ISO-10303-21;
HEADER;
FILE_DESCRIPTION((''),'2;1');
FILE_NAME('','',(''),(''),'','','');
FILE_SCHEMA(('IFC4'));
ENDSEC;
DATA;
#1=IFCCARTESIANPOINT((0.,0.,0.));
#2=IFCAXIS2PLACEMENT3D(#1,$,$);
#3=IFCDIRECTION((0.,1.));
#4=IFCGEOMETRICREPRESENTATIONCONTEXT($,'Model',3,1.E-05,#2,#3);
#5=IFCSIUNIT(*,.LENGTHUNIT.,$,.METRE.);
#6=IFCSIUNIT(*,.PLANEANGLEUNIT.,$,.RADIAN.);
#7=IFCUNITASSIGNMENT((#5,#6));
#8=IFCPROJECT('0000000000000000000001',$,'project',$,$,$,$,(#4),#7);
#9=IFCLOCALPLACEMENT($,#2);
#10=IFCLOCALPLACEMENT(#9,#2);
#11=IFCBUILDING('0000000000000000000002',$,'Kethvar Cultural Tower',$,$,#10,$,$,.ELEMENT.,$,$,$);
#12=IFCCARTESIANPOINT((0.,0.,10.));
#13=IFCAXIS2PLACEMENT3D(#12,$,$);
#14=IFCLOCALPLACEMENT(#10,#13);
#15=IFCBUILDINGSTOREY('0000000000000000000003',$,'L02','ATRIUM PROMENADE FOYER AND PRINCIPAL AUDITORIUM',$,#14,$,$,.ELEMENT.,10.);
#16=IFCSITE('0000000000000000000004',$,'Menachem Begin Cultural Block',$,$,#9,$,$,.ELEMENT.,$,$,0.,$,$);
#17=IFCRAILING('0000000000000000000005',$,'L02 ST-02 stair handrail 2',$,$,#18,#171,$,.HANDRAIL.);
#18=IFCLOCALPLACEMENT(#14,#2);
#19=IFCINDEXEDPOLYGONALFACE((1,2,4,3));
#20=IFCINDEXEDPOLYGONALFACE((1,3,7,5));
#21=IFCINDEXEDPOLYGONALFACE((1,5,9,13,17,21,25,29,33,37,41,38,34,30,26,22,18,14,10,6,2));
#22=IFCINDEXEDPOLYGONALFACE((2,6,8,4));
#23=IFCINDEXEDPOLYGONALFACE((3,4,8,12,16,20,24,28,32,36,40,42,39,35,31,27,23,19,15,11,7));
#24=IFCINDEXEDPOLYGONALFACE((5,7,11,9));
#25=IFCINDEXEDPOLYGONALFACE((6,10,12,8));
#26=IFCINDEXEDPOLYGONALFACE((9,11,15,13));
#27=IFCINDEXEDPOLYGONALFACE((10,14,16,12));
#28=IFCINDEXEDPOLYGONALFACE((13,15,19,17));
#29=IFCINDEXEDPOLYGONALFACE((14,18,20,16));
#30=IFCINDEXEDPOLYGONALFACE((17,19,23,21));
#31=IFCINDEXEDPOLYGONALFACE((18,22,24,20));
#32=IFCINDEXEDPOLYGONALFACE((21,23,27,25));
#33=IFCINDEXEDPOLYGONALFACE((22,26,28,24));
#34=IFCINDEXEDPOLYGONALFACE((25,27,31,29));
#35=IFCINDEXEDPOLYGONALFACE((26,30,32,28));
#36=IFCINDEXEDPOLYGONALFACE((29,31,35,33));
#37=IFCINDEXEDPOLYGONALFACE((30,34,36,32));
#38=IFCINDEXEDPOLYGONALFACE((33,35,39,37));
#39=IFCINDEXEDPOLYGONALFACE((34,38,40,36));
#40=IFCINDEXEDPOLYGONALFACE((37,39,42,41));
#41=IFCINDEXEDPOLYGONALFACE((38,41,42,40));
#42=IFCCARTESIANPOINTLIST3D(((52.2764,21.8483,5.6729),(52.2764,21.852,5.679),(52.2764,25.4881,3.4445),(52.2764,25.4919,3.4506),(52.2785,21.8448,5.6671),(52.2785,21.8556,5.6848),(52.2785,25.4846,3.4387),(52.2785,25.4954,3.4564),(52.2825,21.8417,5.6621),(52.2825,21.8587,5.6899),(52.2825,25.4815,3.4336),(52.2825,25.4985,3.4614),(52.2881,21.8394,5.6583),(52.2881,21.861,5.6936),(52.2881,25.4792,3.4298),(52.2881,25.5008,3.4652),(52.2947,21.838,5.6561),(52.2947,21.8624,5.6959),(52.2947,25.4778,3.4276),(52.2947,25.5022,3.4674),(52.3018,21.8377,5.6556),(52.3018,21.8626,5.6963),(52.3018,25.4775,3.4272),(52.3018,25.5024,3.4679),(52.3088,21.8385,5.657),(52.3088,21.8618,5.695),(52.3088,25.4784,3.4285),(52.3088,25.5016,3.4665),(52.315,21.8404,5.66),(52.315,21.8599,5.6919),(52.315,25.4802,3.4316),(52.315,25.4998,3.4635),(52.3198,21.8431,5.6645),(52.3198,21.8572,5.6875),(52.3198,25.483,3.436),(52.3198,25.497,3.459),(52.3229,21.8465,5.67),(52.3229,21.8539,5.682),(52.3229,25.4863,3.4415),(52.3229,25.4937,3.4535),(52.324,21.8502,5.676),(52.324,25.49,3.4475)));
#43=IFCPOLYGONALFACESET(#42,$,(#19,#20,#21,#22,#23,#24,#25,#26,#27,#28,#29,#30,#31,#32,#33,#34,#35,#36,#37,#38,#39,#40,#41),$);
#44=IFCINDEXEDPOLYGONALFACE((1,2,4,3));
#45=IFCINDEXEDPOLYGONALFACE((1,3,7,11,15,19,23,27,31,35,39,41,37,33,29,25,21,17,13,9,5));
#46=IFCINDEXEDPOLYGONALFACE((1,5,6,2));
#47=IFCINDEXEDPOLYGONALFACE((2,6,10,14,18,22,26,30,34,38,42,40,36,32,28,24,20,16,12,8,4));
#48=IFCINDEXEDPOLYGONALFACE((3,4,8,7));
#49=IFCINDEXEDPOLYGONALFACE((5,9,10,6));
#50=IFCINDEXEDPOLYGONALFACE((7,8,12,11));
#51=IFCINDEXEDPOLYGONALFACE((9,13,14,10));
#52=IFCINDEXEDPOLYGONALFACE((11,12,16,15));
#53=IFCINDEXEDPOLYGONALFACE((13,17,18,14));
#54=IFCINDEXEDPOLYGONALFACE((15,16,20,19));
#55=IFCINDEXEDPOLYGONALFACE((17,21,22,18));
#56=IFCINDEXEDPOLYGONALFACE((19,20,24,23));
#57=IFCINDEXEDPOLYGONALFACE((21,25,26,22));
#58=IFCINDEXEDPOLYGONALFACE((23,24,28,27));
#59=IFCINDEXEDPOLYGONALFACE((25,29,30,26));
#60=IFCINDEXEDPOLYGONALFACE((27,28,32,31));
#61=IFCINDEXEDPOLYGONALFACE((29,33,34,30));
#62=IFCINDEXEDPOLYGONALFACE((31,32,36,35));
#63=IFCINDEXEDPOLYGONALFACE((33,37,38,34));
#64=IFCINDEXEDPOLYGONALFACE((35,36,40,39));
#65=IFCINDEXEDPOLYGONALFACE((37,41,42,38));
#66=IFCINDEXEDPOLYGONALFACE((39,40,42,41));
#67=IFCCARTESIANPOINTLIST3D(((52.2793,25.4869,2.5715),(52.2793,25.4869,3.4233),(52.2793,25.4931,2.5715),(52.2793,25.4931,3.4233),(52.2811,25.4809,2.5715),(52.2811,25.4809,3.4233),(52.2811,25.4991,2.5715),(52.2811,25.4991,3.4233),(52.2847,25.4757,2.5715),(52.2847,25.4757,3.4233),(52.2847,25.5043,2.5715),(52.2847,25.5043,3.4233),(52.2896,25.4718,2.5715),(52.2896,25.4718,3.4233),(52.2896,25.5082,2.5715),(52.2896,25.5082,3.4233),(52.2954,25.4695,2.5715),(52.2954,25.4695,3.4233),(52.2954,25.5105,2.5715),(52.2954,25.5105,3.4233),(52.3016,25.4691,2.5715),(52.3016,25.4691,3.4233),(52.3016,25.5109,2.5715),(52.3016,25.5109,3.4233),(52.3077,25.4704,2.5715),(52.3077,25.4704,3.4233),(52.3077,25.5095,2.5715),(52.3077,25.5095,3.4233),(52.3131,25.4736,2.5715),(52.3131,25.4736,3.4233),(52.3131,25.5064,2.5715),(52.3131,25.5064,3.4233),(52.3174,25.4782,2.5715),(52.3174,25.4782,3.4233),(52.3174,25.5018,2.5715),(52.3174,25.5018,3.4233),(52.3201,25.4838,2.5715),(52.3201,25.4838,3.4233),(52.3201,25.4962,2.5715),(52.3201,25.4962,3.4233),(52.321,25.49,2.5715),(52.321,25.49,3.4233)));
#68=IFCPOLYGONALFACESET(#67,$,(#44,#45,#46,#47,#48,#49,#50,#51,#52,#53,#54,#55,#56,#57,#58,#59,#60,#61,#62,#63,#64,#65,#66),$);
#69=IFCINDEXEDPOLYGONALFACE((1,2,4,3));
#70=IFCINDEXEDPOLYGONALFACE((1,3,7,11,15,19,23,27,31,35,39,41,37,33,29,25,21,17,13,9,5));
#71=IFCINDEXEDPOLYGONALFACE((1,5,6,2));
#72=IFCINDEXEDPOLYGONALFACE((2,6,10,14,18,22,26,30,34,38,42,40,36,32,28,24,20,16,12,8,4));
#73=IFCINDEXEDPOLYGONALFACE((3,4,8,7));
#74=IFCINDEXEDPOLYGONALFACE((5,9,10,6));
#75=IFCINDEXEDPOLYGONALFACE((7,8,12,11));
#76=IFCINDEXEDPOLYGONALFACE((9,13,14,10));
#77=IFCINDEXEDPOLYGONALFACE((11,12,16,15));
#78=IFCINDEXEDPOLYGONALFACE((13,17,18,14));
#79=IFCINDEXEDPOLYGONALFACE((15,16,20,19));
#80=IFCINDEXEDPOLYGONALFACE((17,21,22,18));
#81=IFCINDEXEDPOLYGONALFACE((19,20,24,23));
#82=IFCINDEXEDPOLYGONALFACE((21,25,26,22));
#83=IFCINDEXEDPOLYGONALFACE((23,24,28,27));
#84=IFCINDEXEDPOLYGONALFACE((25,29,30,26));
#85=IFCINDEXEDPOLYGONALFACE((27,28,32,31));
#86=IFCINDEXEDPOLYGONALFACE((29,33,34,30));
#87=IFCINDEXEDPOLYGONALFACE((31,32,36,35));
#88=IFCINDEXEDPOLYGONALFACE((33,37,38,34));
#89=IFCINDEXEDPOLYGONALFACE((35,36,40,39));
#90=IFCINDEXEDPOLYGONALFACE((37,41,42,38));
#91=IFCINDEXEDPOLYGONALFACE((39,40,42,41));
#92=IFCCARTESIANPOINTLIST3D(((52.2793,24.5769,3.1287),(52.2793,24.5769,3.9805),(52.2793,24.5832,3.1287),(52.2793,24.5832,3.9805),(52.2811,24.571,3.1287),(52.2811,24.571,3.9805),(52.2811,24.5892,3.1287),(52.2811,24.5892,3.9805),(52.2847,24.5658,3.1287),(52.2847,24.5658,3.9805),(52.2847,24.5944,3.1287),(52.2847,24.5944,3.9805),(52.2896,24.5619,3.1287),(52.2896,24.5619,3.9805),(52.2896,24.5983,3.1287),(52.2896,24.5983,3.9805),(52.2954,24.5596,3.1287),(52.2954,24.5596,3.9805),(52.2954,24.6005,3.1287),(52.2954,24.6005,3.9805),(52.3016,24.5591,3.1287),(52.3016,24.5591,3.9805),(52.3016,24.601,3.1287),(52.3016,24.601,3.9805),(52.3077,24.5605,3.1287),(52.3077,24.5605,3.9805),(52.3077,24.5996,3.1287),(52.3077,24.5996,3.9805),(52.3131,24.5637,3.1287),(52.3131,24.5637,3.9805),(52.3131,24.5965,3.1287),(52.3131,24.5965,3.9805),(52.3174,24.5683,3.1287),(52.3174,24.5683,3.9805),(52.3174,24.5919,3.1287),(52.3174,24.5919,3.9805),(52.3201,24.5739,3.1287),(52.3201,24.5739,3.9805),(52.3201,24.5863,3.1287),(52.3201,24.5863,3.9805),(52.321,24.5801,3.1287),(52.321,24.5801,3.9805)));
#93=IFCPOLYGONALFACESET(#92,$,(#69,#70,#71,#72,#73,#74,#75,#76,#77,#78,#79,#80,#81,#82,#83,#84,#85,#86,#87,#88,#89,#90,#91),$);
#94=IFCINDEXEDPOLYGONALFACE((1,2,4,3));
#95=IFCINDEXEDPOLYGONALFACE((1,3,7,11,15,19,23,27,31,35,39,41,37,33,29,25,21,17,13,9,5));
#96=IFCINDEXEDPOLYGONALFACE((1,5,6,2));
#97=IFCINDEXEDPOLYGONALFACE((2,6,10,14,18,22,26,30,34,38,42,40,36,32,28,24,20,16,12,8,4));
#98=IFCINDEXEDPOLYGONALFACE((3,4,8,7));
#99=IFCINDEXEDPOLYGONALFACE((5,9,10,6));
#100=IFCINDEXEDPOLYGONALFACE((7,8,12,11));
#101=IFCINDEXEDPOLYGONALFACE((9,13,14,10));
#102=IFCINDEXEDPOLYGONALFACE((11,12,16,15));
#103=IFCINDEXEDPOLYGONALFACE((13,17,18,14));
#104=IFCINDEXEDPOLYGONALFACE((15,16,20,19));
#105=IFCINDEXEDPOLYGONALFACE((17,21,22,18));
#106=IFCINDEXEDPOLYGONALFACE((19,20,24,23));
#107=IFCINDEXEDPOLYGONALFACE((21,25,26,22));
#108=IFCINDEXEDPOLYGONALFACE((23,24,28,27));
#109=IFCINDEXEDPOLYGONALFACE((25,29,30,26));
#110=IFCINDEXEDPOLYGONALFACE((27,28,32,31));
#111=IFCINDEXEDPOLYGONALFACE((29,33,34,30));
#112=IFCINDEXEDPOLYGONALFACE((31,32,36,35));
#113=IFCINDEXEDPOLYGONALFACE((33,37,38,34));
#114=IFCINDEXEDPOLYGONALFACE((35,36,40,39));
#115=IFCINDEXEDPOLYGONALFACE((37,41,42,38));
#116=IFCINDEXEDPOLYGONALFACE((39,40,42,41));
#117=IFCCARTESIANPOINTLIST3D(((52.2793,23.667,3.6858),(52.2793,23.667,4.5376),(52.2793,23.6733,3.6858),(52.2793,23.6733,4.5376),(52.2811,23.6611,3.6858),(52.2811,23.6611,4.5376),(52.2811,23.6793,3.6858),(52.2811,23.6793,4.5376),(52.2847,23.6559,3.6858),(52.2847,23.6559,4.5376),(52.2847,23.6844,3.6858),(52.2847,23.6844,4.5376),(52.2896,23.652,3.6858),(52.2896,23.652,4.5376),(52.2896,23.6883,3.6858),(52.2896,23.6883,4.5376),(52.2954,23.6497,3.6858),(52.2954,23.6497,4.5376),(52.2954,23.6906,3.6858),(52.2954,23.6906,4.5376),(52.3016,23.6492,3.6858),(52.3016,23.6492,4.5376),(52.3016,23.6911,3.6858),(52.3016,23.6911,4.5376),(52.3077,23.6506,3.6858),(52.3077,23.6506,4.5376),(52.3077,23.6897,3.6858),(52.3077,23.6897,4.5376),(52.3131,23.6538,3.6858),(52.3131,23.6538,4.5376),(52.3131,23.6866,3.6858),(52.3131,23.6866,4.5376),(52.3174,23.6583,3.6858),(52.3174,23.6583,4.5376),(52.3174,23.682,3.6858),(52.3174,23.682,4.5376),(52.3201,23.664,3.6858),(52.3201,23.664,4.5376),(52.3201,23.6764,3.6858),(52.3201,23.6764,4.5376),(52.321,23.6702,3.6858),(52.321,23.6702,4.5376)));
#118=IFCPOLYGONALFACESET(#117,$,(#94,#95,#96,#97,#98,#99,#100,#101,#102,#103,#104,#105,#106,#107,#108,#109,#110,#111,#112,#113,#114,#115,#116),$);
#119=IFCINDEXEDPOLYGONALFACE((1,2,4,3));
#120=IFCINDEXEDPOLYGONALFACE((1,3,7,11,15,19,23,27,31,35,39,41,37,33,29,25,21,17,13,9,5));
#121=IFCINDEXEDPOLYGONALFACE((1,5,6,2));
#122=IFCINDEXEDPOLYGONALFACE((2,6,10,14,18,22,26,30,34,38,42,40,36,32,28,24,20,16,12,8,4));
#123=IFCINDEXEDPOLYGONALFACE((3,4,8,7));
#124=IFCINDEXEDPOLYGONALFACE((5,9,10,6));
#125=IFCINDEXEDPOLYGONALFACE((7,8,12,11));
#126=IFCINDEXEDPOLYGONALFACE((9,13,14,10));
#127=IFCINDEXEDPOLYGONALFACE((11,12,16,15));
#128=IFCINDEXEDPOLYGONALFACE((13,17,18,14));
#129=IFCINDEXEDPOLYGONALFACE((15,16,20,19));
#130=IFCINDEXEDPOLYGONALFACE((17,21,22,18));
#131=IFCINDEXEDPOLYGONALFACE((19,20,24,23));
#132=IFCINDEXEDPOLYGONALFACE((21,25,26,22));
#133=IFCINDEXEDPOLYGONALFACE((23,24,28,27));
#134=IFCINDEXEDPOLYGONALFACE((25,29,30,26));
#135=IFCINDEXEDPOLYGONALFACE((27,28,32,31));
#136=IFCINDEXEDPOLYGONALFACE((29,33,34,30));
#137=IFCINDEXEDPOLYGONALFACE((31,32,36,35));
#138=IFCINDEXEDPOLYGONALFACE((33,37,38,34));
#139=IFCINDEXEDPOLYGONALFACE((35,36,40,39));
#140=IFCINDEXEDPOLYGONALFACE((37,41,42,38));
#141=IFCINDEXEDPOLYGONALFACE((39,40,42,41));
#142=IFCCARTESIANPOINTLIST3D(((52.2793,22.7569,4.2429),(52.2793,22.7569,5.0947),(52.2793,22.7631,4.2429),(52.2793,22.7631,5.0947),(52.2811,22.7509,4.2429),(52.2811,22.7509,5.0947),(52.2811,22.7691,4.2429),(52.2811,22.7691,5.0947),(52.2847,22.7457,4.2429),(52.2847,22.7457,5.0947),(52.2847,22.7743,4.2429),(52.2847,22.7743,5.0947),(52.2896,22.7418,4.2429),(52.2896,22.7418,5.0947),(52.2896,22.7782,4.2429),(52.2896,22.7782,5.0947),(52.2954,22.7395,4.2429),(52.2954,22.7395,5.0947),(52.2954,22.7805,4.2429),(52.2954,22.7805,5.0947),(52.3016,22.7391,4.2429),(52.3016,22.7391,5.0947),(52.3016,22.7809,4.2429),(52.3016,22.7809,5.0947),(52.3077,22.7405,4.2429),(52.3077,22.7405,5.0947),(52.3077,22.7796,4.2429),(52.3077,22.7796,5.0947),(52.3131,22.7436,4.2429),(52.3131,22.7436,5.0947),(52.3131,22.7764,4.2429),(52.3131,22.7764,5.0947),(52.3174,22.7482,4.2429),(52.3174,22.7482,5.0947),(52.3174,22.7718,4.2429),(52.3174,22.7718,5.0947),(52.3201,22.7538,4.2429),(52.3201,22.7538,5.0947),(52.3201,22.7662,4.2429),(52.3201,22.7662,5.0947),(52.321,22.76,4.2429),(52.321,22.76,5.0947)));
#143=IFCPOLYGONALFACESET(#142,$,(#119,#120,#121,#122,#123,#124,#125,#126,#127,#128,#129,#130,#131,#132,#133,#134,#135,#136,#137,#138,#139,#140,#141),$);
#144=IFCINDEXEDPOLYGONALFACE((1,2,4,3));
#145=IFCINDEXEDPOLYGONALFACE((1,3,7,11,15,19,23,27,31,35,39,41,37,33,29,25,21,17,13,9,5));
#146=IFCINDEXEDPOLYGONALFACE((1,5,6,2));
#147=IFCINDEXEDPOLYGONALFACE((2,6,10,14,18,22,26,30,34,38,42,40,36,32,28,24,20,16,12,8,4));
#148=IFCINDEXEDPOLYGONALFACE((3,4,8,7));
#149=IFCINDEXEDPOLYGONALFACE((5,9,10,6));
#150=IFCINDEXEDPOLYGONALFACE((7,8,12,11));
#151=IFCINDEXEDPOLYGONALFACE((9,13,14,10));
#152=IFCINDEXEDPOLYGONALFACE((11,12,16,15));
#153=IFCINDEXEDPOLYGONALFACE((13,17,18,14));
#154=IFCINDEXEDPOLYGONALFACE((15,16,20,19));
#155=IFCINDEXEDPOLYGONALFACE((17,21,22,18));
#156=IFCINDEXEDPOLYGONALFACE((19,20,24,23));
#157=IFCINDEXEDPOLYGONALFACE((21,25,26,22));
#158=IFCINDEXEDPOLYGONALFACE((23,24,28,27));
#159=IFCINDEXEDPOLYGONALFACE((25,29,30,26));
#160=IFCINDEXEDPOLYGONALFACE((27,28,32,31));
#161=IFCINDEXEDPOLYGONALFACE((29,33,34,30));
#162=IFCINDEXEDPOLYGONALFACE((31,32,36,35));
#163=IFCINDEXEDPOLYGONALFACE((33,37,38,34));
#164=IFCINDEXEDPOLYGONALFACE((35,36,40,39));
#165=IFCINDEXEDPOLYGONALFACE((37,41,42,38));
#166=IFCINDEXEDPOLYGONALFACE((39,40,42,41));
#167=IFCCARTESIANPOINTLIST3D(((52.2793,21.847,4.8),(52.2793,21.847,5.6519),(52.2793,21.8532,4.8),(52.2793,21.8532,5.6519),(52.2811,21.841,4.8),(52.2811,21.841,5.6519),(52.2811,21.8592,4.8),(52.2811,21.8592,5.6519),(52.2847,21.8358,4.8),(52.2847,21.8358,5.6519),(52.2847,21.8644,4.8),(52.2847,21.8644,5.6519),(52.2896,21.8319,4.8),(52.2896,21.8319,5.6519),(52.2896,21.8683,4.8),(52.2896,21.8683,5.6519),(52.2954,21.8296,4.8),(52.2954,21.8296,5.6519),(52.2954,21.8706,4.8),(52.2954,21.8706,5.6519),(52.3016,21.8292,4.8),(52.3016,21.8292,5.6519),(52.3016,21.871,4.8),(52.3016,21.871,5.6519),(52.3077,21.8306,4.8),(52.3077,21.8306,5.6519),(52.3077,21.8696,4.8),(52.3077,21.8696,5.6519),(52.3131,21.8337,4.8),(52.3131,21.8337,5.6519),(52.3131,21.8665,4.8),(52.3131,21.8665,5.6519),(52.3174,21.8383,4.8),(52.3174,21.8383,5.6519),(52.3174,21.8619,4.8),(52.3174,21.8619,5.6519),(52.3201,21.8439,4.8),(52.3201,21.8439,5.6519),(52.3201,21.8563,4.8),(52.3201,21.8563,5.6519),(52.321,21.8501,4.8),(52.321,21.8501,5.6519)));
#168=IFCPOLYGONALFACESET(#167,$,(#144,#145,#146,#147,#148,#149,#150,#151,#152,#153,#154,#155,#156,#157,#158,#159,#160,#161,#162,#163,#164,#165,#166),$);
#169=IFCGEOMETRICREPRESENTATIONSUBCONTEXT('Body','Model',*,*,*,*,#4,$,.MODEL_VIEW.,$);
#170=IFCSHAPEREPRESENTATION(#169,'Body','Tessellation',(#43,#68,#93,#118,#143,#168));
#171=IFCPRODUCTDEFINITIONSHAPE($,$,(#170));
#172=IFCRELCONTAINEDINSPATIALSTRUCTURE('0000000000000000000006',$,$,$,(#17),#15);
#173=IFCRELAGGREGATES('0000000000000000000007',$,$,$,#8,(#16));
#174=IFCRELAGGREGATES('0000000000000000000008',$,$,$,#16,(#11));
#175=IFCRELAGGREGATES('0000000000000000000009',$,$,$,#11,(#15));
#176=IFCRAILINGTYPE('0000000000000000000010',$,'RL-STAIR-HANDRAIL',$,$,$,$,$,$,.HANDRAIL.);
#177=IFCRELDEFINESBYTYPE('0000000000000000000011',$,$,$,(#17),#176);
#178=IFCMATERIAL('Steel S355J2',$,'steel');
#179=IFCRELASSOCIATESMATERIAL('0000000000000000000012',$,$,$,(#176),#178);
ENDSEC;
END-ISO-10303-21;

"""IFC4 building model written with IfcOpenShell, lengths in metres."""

from ifc_helpers import new_model, si_unit, direction, frame, origin, origin_2d, place, context, subcontext, project, spatial, circle, extrude, material, type_object, element, save


model = new_model("IFC4")

# Units and contexts
model_context = context("Model", 3, precision=1e-05, world=origin(), true_north=direction((0.0, 1.0)))
body_context = subcontext(model_context, "Body", "Model", "MODEL_VIEW")
ifc_project = project(units=[si_unit("LENGTHUNIT", "METRE"), si_unit("PLANEANGLEUNIT", "RADIAN")], contexts=[model_context])

# Site, building, storey
site_placement = place(None, origin())
site = spatial("IfcSite", under=ifc_project, at=site_placement, Name="Menachem Begin Cultural Block", CompositionType="ELEMENT", RefElevation=0.0)
building_placement = place(site_placement, origin())
building = spatial("IfcBuilding", under=site, at=building_placement, Name="Kethvar Cultural Tower", CompositionType="ELEMENT")
storey_placement = place(building_placement, frame((0.0, 0.0, 10.0)))
storey = spatial("IfcBuildingStorey", under=building, at=storey_placement, Name="L02", Description="ATRIUM PROMENADE FOYER AND PRINCIPAL AUDITORIUM", CompositionType="ELEMENT", Elevation=10.0)

# Shared definitions
ifc_material_1 = material(Name="Steel S355J2", Category="steel")

# Railing
railing_type_1 = type_object("IfcRailingType", Name="RL-STAIR-HANDRAIL", PredefinedType="HANDRAIL", material=ifc_material_1)
railing_1_placement = place(storey_placement, frame((52.3, 25.49, 2.5715)))
element("IfcRailing", 1, at=railing_1_placement, inside=storey, type_object=railing_type_1, Name="L02 ST-02 stair handrail 2", PredefinedType="HANDRAIL", context=body_context, shape_type="SweptSolid", body=[
    extrude(circle(Radius=0.0239, at=origin_2d()), frame((0.0, 0.0, 0.876), z_axis=(0.0, -0.85285, 0.522156), x_axis=(1.0, 0.0, 0.0)), (0.0, 0.0, 1.0), 4.2678),
    extrude(circle(Radius=0.021, at=origin_2d()), origin(), (0.0, 0.0, 1.0), 0.8518),
    extrude(circle(Radius=0.021, at=origin_2d()), frame((0.0, -0.9099, 0.5571)), (0.0, 0.0, 1.0), 0.8518),
    extrude(circle(Radius=0.021, at=origin_2d()), frame((0.0, -1.8198, 1.1143)), (0.0, 0.0, 1.0), 0.8518),
    extrude(circle(Radius=0.021, at=origin_2d()), frame((0.0, -2.73, 1.6714)), (0.0, 0.0, 1.0), 0.8518),
    extrude(circle(Radius=0.021, at=origin_2d()), frame((0.0, -3.6399, 2.2285)), (0.0, 0.0, 1.0), 0.8518),
])

save(model, "model.ifc")
